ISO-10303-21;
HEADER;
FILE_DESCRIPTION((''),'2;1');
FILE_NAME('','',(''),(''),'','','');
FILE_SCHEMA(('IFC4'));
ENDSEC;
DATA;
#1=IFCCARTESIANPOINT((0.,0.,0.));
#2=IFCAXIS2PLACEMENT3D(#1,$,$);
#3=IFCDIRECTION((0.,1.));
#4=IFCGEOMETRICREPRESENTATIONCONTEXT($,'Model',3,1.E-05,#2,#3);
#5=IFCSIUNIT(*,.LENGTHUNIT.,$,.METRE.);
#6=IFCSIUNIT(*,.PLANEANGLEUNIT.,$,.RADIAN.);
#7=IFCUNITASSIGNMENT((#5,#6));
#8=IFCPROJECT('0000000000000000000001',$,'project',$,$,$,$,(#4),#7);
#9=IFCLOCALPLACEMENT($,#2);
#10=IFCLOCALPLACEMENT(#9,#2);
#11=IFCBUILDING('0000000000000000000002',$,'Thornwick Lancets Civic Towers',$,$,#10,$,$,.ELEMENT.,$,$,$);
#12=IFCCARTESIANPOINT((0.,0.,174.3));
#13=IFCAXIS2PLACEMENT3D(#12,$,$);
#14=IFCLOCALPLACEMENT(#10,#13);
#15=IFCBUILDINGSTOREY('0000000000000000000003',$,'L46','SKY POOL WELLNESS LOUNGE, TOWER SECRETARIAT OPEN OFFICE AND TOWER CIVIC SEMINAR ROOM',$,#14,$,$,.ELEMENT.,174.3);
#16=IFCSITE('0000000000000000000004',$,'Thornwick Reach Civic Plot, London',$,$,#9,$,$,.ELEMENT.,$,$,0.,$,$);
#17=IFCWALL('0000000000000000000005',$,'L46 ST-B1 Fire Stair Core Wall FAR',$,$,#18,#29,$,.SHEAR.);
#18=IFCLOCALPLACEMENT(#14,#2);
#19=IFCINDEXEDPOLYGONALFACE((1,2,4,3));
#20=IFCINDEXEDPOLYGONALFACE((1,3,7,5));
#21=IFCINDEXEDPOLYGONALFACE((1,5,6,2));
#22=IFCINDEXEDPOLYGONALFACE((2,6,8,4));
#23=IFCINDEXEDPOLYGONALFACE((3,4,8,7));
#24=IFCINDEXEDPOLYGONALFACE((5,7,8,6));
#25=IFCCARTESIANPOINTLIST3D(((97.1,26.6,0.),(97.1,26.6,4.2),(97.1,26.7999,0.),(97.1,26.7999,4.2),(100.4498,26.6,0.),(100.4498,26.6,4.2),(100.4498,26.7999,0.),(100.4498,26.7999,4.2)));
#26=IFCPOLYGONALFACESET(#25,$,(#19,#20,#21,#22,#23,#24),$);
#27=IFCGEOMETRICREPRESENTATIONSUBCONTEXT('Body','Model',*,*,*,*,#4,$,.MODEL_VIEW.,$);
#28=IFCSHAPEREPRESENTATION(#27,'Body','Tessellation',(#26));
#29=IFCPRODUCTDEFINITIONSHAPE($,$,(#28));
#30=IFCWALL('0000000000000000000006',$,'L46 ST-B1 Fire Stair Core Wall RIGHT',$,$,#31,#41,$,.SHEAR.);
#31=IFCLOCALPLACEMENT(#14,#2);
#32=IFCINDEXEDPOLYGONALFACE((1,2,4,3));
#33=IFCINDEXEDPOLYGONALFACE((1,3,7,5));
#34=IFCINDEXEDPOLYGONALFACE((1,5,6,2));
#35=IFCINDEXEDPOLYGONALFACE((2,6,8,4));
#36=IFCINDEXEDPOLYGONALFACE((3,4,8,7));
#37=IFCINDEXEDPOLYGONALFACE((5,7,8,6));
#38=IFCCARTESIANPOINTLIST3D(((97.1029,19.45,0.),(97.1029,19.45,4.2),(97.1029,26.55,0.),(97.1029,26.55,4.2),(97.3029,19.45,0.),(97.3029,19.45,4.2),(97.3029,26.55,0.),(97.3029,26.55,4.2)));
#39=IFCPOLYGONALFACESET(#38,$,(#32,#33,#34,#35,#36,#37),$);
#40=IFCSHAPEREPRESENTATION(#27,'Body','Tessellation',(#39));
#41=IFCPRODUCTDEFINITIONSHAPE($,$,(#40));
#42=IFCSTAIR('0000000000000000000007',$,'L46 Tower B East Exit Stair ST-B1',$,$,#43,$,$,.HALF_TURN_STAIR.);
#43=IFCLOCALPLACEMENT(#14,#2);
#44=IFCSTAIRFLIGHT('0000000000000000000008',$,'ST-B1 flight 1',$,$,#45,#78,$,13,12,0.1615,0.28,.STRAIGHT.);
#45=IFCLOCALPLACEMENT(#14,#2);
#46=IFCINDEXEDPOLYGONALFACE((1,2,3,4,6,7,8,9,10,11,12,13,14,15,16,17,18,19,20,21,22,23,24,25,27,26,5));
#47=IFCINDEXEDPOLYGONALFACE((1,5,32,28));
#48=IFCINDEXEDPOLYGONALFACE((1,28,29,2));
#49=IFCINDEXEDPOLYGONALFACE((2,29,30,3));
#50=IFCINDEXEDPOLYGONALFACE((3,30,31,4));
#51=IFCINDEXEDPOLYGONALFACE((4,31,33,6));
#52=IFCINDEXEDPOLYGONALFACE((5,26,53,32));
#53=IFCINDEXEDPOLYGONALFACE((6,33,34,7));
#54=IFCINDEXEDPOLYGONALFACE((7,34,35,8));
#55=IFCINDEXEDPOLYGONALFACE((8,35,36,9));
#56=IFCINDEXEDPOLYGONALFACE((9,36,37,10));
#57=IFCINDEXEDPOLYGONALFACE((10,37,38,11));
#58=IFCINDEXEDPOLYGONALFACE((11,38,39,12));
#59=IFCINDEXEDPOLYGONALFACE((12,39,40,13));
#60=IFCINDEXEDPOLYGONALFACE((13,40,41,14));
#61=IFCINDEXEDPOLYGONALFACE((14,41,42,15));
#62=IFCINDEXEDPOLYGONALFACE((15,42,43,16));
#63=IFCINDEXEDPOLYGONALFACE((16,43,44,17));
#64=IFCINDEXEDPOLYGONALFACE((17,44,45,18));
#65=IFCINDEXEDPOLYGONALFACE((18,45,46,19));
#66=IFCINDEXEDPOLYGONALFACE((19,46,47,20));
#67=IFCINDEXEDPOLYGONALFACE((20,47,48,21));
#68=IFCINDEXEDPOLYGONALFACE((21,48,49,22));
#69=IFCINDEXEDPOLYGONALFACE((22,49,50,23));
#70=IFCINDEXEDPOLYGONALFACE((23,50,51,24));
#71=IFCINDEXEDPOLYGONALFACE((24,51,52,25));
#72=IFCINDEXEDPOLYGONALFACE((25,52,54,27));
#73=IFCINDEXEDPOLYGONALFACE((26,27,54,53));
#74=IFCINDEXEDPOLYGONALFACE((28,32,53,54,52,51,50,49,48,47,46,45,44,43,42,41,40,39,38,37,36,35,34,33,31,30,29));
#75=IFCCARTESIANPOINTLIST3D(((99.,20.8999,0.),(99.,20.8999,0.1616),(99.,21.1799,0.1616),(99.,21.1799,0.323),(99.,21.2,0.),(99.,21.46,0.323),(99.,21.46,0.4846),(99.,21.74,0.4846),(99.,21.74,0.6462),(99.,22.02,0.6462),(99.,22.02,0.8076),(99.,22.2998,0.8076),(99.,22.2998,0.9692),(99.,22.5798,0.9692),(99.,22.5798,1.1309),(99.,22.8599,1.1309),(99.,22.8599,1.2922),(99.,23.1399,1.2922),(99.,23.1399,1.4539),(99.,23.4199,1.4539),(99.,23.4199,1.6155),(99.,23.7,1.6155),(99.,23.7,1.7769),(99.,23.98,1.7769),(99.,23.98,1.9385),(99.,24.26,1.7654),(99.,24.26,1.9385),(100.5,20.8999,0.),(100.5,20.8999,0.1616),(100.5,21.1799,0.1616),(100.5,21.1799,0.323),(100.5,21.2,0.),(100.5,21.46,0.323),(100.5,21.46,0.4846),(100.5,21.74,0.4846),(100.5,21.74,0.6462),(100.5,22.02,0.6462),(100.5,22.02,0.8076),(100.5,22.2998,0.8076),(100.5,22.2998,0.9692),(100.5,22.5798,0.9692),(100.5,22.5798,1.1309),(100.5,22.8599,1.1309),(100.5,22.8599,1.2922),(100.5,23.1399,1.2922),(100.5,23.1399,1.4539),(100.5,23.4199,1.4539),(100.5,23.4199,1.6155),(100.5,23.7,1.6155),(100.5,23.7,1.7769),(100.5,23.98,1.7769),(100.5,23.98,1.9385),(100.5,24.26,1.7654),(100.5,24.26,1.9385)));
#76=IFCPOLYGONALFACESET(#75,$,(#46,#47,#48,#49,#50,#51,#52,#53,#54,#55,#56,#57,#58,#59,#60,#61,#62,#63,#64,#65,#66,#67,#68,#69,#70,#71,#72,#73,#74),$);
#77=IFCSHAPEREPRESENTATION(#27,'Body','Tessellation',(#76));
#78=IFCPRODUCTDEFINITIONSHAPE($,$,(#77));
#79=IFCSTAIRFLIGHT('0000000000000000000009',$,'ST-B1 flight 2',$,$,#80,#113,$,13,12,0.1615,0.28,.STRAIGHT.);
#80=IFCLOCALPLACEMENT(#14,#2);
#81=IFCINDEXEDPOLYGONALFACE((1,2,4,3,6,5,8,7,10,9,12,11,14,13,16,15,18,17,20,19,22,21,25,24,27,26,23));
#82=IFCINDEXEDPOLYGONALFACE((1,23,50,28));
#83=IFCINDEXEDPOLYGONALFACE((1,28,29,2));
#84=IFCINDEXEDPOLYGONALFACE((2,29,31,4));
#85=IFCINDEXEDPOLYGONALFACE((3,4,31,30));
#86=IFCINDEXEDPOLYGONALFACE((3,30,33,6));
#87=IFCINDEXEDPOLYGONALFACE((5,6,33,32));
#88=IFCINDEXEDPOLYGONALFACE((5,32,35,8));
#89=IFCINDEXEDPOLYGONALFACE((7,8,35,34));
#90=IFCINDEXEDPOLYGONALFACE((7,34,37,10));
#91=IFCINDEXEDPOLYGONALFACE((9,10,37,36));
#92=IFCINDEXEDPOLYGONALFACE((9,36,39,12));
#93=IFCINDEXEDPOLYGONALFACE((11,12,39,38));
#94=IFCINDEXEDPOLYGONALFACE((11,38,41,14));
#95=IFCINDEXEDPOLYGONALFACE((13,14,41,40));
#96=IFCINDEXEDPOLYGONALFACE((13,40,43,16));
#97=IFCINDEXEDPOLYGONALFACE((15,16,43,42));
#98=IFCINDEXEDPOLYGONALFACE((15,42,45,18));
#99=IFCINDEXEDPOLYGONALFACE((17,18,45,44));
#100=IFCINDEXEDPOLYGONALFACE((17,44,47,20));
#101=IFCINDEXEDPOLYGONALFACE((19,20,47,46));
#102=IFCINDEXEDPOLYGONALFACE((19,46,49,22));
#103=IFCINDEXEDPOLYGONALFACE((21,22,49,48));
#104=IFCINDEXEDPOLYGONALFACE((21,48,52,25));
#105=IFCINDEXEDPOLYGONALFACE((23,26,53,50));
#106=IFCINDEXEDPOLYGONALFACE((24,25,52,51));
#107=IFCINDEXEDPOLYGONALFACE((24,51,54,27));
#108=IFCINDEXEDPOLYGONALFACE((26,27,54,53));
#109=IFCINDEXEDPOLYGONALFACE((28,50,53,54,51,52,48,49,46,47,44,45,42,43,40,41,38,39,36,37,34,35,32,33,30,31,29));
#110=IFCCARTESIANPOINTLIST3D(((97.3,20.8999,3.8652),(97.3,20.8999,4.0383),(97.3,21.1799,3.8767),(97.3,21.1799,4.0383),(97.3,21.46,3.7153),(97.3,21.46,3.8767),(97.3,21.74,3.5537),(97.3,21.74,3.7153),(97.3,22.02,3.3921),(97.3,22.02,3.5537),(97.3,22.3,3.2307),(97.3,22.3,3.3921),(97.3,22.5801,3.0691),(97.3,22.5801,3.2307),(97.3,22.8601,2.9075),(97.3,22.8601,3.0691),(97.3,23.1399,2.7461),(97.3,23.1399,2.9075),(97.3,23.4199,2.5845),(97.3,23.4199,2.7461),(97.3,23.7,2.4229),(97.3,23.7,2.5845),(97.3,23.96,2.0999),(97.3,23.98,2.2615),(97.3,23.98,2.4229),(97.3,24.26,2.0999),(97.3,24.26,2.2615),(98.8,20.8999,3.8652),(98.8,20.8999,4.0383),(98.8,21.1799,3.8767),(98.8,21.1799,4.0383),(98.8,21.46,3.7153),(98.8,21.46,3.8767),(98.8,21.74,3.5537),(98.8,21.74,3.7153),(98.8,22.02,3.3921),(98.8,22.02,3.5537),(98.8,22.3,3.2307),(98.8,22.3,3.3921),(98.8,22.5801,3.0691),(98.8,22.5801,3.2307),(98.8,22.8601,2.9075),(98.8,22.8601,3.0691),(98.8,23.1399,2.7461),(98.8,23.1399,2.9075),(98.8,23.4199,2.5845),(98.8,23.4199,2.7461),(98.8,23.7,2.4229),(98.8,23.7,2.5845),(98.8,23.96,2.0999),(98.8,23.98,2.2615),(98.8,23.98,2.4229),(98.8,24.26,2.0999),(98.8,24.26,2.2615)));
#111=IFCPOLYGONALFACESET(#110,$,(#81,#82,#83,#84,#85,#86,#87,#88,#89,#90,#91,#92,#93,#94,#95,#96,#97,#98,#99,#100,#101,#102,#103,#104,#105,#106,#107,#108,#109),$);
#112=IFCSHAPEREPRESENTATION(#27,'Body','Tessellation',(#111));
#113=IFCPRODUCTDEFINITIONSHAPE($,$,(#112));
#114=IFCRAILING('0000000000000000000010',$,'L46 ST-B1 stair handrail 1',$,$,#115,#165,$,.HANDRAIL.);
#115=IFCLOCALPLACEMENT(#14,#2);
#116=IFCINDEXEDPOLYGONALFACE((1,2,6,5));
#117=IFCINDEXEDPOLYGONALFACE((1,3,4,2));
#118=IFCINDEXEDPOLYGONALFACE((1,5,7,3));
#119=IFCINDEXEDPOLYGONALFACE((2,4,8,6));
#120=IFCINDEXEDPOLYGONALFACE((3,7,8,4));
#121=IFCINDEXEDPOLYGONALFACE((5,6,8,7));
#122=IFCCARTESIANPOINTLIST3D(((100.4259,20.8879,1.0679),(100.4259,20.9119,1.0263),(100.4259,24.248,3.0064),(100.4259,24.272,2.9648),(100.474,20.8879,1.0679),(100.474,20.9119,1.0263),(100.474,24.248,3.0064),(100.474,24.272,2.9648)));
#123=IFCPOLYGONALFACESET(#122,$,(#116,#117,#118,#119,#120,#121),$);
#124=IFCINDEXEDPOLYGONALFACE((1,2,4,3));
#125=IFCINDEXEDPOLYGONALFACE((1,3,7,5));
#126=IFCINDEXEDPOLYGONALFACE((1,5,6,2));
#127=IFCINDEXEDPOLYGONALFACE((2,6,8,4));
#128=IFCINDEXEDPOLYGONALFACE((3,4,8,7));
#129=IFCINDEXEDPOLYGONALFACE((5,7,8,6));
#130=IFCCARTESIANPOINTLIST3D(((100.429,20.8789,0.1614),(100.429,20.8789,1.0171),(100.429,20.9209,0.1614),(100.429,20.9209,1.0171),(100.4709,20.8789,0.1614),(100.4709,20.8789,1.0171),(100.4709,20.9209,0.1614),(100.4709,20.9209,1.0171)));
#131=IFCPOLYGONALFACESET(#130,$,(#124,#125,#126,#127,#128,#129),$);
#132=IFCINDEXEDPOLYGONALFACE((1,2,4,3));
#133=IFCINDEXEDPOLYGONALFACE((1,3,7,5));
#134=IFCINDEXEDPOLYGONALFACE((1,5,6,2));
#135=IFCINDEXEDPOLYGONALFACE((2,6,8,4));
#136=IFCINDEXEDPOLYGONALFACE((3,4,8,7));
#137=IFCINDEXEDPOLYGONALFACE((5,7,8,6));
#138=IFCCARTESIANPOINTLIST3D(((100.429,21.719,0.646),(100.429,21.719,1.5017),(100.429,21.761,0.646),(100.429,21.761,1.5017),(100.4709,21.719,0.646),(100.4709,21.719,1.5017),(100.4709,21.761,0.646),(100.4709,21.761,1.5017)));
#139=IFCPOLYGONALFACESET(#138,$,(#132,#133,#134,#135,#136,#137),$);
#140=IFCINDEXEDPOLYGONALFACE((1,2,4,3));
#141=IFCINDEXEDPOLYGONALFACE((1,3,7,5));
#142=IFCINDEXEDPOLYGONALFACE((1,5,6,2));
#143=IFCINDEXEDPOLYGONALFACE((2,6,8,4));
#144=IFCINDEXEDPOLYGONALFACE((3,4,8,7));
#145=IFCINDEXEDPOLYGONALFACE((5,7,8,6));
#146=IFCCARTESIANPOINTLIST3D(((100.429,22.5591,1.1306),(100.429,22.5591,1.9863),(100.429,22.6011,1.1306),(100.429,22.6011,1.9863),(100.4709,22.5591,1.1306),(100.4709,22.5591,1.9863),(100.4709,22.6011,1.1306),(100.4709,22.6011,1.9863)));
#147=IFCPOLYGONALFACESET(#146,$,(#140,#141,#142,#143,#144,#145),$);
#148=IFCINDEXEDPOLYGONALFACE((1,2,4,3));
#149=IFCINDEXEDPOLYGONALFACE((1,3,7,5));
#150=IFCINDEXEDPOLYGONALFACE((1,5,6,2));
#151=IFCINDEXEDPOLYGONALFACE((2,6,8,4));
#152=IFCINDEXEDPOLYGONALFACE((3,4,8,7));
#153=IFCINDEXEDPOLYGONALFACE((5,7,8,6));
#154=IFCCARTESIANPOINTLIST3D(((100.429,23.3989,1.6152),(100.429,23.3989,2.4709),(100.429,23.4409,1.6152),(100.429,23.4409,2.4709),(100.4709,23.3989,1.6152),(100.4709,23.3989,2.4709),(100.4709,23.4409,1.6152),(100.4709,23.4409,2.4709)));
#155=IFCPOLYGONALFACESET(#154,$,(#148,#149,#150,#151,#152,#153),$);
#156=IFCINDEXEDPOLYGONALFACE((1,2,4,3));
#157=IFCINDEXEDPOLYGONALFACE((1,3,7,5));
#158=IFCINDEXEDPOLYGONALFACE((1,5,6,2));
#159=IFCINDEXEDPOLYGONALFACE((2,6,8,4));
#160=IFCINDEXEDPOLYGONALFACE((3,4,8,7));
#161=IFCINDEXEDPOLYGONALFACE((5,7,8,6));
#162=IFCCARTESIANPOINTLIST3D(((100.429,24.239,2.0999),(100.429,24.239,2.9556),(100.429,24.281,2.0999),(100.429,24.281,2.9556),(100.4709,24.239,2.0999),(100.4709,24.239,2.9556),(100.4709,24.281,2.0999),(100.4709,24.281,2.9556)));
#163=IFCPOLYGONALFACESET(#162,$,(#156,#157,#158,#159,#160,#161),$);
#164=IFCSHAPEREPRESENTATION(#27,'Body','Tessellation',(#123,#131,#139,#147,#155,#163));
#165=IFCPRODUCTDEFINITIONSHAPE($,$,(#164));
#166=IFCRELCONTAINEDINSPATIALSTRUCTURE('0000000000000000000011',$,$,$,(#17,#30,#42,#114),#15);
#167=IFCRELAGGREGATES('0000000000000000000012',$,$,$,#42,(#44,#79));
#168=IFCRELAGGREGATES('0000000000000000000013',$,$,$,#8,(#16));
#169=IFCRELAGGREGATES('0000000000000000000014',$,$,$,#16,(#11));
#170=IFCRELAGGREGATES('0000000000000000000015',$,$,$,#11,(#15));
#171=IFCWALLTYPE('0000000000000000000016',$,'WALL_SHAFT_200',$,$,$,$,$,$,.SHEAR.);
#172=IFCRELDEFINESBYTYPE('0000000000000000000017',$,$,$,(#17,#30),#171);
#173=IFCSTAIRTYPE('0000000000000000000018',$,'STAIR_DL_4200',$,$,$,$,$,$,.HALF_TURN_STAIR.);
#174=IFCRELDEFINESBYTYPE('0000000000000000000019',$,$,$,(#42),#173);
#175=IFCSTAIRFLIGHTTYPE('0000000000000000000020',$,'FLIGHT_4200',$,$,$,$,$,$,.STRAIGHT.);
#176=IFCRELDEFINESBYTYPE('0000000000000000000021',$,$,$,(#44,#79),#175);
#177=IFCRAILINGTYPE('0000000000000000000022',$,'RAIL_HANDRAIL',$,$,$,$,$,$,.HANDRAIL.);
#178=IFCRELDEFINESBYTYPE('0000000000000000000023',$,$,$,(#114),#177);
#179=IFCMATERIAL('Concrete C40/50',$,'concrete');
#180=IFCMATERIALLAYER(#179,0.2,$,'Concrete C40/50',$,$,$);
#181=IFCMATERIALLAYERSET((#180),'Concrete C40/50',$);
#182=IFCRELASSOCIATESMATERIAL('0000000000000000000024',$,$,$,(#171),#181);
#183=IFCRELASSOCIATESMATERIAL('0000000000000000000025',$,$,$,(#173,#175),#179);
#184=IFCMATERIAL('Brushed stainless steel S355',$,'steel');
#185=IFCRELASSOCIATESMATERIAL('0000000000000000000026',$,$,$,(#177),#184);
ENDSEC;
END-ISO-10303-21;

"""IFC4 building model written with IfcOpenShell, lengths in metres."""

from ifc_helpers import new_model, si_unit, direction, frame, frame_2d, origin, origin_2d, place, context, subcontext, project, spatial, polyline, rectangle, outline, extrude, material, layer, layer_set, type_object, element, aggregate, save


model = new_model("IFC4")

# Units and contexts
model_context = context("Model", 3, precision=1e-05, world=origin(), true_north=direction((0.0, 1.0)))
body_context = subcontext(model_context, "Body", "Model", "MODEL_VIEW")
ifc_project = project(units=[si_unit("LENGTHUNIT", "METRE"), si_unit("PLANEANGLEUNIT", "RADIAN")], contexts=[model_context])

# Site, building, storey
site_placement = place(None, origin())
site = spatial("IfcSite", under=ifc_project, at=site_placement, Name="Thornwick Reach Civic Plot, London", CompositionType="ELEMENT", RefElevation=0.0)
building_placement = place(site_placement, origin())
building = spatial("IfcBuilding", under=site, at=building_placement, Name="Thornwick Lancets Civic Towers", CompositionType="ELEMENT")
storey_placement = place(building_placement, frame((0.0, 0.0, 174.3)))
storey = spatial("IfcBuildingStorey", under=building, at=storey_placement, Name="L46", Description="SKY POOL WELLNESS LOUNGE, TOWER SECRETARIAT OPEN OFFICE AND TOWER CIVIC SEMINAR ROOM", CompositionType="ELEMENT", Elevation=174.3)

# Shared definitions
ifc_material_1 = material(Name="Concrete C40/50", Category="concrete")

# Shared definitions
ifc_layer_1 = layer(ifc_material_1, 0.2, Name="Concrete C40/50")
ifc_layer_set_1 = layer_set([ifc_layer_1], Name="Concrete C40/50")
wall_type_1 = type_object("IfcWallType", Name="WALL_SHAFT_200", PredefinedType="SHEAR", material=ifc_layer_set_1)

# Walls
wall_1_placement = place(storey_placement, frame((97.1001, 26.7, 0.0), z_axis=(0.0, 0.0, 1.0), x_axis=(1.0, 0.0, 0.0)))
element("IfcWall", 1, at=wall_1_placement, inside=storey, type_object=wall_type_1, Name="L46 ST-B1 Fire Stair Core Wall FAR", PredefinedType="SHEAR", context=body_context, shape_type="SweptSolid", body=[
    extrude(rectangle(XDim=3.3499, YDim=0.2, at=frame_2d((1.6748, 0.0))), origin(), (0.0, 0.0, 1.0), 4.2),
])
wall_2_placement = place(storey_placement, frame((97.2029, 26.55, 0.0), z_axis=(0.0, 0.0, 1.0), x_axis=(0.0, -1.0, 0.0)))
element("IfcWall", 2, at=wall_2_placement, inside=storey, type_object=wall_type_1, Name="L46 ST-B1 Fire Stair Core Wall RIGHT", PredefinedType="SHEAR", context=body_context, shape_type="SweptSolid", body=[
    extrude(rectangle(XDim=7.1001, YDim=0.2, at=frame_2d((3.55, 0.0))), origin(), (0.0, 0.0, 1.0), 4.2),
])

# Stair, stair flights
stair_type = type_object("IfcStairType", Name="STAIR_DL_4200", PredefinedType="HALF_TURN_STAIR", material=ifc_material_1)
stair_placement = place(storey_placement, origin())
stair = element("IfcStair", 3, at=stair_placement, inside=storey, type_object=stair_type, Name="L46 Tower B East Exit Stair ST-B1", PredefinedType="HALF_TURN_STAIR")
stair_flight_type = type_object("IfcStairFlightType", Name="FLIGHT_4200", PredefinedType="STRAIGHT", material=ifc_material_1)
stair_flight_1_placement = place(storey_placement, frame((99.75, 20.8999, 0.0), z_axis=(0.0, 0.0, 1.0), x_axis=(0.0, 1.0, 0.0)))
stair_flight_1 = element("IfcStairFlight", 4, at=stair_flight_1_placement, type_object=stair_flight_type, Name="ST-B1 flight 1", NumberOfRisers=13, NumberOfTreads=12, PredefinedType="STRAIGHT", RiserHeight=0.1615, TreadLength=0.28, context=body_context, shape_type="SweptSolid", body=[
    extrude(outline(polyline([(0.0, 0.0), (0.0, 0.1616), (0.28, 0.1616), (0.28, 0.323), (0.5601, 0.323), (0.5601, 0.4846), (0.8401, 0.4846), (0.8401, 0.6462), (1.1201, 0.6462), (1.1201, 0.8076), (1.3999, 0.8076), (1.3999, 0.9692), (1.6799, 0.9692), (1.6799, 1.1309), (1.96, 1.1309), (1.96, 1.2922), (2.24, 1.2922), (2.24, 1.4539), (2.52, 1.4539), (2.52, 1.6155), (2.8, 1.6155), (2.8, 1.7769), (3.0801, 1.7769), (3.0801, 1.9385), (3.3601, 1.9385), (3.3601, 2.1001), (3.3601, 1.7654), (0.3, 0.0), (0.0, 0.0)])), frame((0.0, 0.75, 0.0), z_axis=(0.0, -1.0, 0.0), x_axis=(1.0, 0.0, 0.0)), (0.0, 0.0, 1.0), 1.5),
])
stair_flight_2_placement = place(storey_placement, frame((98.05, 24.26, 2.0999), z_axis=(0.0, 0.0, 1.0), x_axis=(0.0, -1.0, 0.0)))
stair_flight_2 = element("IfcStairFlight", 5, at=stair_flight_2_placement, type_object=stair_flight_type, Name="ST-B1 flight 2", NumberOfRisers=13, NumberOfTreads=12, PredefinedType="STRAIGHT", RiserHeight=0.1615, TreadLength=0.28, context=body_context, shape_type="SweptSolid", body=[
    extrude(outline(polyline([(0.0, 0.0), (0.0, 0.1616), (0.28, 0.1616), (0.28, 0.323), (0.5601, 0.323), (0.5601, 0.4846), (0.8401, 0.4846), (0.8401, 0.6462), (1.1201, 0.6462), (1.1201, 0.8076), (1.3999, 0.8076), (1.3999, 0.9692), (1.6799, 0.9692), (1.6799, 1.1309), (1.96, 1.1309), (1.96, 1.2922), (2.24, 1.2922), (2.24, 1.4539), (2.52, 1.4539), (2.52, 1.6155), (2.8, 1.6155), (2.8, 1.7769), (3.0801, 1.7769), (3.0801, 1.9385), (3.3601, 1.9385), (3.3601, 2.1001), (3.3601, 1.7654), (0.3, 0.0), (0.0, 0.0)])), frame((0.0, 0.75, 0.0), z_axis=(0.0, -1.0, 0.0), x_axis=(1.0, 0.0, 0.0)), (0.0, 0.0, 1.0), 1.5),
])
aggregate(stair, [stair_flight_1, stair_flight_2])

# Railing
ifc_material_2 = material(Name="Brushed stainless steel S355", Category="steel")
railing_type_1 = type_object("IfcRailingType", Name="RAIL_HANDRAIL", PredefinedType="HANDRAIL", material=ifc_material_2)
railing_1_placement = place(storey_placement, frame((100.45, 20.8999, 0.1614)))
element("IfcRailing", 6, at=railing_1_placement, inside=storey, type_object=railing_type_1, Name="L46 ST-B1 stair handrail 1", PredefinedType="HANDRAIL", context=body_context, shape_type="SweptSolid", body=[
    extrude(rectangle(XDim=0.0481, YDim=0.0481, at=origin_2d()), frame((0.0, 0.0, 0.8857), z_axis=(0.0, 0.866191, 0.499713), x_axis=(-1.0, 0.0, 0.0)), (0.0, 0.0, 1.0), 3.8792),
    extrude(rectangle(XDim=0.042, YDim=0.042, at=origin_2d()), origin(), (0.0, 0.0, 1.0), 0.8557),
    extrude(rectangle(XDim=0.042, YDim=0.042, at=origin_2d()), frame((0.0, 0.8401, 0.4846)), (0.0, 0.0, 1.0), 0.8557),
    extrude(rectangle(XDim=0.042, YDim=0.042, at=origin_2d()), frame((0.0, 1.6802, 0.9692)), (0.0, 0.0, 1.0), 0.8557),
    extrude(rectangle(XDim=0.042, YDim=0.042, at=origin_2d()), frame((0.0, 2.52, 1.4539)), (0.0, 0.0, 1.0), 0.8557),
    extrude(rectangle(XDim=0.042, YDim=0.042, at=origin_2d()), frame((0.0, 3.3601, 1.9385)), (0.0, 0.0, 1.0), 0.8557),
])

save(model, "model.ifc")
